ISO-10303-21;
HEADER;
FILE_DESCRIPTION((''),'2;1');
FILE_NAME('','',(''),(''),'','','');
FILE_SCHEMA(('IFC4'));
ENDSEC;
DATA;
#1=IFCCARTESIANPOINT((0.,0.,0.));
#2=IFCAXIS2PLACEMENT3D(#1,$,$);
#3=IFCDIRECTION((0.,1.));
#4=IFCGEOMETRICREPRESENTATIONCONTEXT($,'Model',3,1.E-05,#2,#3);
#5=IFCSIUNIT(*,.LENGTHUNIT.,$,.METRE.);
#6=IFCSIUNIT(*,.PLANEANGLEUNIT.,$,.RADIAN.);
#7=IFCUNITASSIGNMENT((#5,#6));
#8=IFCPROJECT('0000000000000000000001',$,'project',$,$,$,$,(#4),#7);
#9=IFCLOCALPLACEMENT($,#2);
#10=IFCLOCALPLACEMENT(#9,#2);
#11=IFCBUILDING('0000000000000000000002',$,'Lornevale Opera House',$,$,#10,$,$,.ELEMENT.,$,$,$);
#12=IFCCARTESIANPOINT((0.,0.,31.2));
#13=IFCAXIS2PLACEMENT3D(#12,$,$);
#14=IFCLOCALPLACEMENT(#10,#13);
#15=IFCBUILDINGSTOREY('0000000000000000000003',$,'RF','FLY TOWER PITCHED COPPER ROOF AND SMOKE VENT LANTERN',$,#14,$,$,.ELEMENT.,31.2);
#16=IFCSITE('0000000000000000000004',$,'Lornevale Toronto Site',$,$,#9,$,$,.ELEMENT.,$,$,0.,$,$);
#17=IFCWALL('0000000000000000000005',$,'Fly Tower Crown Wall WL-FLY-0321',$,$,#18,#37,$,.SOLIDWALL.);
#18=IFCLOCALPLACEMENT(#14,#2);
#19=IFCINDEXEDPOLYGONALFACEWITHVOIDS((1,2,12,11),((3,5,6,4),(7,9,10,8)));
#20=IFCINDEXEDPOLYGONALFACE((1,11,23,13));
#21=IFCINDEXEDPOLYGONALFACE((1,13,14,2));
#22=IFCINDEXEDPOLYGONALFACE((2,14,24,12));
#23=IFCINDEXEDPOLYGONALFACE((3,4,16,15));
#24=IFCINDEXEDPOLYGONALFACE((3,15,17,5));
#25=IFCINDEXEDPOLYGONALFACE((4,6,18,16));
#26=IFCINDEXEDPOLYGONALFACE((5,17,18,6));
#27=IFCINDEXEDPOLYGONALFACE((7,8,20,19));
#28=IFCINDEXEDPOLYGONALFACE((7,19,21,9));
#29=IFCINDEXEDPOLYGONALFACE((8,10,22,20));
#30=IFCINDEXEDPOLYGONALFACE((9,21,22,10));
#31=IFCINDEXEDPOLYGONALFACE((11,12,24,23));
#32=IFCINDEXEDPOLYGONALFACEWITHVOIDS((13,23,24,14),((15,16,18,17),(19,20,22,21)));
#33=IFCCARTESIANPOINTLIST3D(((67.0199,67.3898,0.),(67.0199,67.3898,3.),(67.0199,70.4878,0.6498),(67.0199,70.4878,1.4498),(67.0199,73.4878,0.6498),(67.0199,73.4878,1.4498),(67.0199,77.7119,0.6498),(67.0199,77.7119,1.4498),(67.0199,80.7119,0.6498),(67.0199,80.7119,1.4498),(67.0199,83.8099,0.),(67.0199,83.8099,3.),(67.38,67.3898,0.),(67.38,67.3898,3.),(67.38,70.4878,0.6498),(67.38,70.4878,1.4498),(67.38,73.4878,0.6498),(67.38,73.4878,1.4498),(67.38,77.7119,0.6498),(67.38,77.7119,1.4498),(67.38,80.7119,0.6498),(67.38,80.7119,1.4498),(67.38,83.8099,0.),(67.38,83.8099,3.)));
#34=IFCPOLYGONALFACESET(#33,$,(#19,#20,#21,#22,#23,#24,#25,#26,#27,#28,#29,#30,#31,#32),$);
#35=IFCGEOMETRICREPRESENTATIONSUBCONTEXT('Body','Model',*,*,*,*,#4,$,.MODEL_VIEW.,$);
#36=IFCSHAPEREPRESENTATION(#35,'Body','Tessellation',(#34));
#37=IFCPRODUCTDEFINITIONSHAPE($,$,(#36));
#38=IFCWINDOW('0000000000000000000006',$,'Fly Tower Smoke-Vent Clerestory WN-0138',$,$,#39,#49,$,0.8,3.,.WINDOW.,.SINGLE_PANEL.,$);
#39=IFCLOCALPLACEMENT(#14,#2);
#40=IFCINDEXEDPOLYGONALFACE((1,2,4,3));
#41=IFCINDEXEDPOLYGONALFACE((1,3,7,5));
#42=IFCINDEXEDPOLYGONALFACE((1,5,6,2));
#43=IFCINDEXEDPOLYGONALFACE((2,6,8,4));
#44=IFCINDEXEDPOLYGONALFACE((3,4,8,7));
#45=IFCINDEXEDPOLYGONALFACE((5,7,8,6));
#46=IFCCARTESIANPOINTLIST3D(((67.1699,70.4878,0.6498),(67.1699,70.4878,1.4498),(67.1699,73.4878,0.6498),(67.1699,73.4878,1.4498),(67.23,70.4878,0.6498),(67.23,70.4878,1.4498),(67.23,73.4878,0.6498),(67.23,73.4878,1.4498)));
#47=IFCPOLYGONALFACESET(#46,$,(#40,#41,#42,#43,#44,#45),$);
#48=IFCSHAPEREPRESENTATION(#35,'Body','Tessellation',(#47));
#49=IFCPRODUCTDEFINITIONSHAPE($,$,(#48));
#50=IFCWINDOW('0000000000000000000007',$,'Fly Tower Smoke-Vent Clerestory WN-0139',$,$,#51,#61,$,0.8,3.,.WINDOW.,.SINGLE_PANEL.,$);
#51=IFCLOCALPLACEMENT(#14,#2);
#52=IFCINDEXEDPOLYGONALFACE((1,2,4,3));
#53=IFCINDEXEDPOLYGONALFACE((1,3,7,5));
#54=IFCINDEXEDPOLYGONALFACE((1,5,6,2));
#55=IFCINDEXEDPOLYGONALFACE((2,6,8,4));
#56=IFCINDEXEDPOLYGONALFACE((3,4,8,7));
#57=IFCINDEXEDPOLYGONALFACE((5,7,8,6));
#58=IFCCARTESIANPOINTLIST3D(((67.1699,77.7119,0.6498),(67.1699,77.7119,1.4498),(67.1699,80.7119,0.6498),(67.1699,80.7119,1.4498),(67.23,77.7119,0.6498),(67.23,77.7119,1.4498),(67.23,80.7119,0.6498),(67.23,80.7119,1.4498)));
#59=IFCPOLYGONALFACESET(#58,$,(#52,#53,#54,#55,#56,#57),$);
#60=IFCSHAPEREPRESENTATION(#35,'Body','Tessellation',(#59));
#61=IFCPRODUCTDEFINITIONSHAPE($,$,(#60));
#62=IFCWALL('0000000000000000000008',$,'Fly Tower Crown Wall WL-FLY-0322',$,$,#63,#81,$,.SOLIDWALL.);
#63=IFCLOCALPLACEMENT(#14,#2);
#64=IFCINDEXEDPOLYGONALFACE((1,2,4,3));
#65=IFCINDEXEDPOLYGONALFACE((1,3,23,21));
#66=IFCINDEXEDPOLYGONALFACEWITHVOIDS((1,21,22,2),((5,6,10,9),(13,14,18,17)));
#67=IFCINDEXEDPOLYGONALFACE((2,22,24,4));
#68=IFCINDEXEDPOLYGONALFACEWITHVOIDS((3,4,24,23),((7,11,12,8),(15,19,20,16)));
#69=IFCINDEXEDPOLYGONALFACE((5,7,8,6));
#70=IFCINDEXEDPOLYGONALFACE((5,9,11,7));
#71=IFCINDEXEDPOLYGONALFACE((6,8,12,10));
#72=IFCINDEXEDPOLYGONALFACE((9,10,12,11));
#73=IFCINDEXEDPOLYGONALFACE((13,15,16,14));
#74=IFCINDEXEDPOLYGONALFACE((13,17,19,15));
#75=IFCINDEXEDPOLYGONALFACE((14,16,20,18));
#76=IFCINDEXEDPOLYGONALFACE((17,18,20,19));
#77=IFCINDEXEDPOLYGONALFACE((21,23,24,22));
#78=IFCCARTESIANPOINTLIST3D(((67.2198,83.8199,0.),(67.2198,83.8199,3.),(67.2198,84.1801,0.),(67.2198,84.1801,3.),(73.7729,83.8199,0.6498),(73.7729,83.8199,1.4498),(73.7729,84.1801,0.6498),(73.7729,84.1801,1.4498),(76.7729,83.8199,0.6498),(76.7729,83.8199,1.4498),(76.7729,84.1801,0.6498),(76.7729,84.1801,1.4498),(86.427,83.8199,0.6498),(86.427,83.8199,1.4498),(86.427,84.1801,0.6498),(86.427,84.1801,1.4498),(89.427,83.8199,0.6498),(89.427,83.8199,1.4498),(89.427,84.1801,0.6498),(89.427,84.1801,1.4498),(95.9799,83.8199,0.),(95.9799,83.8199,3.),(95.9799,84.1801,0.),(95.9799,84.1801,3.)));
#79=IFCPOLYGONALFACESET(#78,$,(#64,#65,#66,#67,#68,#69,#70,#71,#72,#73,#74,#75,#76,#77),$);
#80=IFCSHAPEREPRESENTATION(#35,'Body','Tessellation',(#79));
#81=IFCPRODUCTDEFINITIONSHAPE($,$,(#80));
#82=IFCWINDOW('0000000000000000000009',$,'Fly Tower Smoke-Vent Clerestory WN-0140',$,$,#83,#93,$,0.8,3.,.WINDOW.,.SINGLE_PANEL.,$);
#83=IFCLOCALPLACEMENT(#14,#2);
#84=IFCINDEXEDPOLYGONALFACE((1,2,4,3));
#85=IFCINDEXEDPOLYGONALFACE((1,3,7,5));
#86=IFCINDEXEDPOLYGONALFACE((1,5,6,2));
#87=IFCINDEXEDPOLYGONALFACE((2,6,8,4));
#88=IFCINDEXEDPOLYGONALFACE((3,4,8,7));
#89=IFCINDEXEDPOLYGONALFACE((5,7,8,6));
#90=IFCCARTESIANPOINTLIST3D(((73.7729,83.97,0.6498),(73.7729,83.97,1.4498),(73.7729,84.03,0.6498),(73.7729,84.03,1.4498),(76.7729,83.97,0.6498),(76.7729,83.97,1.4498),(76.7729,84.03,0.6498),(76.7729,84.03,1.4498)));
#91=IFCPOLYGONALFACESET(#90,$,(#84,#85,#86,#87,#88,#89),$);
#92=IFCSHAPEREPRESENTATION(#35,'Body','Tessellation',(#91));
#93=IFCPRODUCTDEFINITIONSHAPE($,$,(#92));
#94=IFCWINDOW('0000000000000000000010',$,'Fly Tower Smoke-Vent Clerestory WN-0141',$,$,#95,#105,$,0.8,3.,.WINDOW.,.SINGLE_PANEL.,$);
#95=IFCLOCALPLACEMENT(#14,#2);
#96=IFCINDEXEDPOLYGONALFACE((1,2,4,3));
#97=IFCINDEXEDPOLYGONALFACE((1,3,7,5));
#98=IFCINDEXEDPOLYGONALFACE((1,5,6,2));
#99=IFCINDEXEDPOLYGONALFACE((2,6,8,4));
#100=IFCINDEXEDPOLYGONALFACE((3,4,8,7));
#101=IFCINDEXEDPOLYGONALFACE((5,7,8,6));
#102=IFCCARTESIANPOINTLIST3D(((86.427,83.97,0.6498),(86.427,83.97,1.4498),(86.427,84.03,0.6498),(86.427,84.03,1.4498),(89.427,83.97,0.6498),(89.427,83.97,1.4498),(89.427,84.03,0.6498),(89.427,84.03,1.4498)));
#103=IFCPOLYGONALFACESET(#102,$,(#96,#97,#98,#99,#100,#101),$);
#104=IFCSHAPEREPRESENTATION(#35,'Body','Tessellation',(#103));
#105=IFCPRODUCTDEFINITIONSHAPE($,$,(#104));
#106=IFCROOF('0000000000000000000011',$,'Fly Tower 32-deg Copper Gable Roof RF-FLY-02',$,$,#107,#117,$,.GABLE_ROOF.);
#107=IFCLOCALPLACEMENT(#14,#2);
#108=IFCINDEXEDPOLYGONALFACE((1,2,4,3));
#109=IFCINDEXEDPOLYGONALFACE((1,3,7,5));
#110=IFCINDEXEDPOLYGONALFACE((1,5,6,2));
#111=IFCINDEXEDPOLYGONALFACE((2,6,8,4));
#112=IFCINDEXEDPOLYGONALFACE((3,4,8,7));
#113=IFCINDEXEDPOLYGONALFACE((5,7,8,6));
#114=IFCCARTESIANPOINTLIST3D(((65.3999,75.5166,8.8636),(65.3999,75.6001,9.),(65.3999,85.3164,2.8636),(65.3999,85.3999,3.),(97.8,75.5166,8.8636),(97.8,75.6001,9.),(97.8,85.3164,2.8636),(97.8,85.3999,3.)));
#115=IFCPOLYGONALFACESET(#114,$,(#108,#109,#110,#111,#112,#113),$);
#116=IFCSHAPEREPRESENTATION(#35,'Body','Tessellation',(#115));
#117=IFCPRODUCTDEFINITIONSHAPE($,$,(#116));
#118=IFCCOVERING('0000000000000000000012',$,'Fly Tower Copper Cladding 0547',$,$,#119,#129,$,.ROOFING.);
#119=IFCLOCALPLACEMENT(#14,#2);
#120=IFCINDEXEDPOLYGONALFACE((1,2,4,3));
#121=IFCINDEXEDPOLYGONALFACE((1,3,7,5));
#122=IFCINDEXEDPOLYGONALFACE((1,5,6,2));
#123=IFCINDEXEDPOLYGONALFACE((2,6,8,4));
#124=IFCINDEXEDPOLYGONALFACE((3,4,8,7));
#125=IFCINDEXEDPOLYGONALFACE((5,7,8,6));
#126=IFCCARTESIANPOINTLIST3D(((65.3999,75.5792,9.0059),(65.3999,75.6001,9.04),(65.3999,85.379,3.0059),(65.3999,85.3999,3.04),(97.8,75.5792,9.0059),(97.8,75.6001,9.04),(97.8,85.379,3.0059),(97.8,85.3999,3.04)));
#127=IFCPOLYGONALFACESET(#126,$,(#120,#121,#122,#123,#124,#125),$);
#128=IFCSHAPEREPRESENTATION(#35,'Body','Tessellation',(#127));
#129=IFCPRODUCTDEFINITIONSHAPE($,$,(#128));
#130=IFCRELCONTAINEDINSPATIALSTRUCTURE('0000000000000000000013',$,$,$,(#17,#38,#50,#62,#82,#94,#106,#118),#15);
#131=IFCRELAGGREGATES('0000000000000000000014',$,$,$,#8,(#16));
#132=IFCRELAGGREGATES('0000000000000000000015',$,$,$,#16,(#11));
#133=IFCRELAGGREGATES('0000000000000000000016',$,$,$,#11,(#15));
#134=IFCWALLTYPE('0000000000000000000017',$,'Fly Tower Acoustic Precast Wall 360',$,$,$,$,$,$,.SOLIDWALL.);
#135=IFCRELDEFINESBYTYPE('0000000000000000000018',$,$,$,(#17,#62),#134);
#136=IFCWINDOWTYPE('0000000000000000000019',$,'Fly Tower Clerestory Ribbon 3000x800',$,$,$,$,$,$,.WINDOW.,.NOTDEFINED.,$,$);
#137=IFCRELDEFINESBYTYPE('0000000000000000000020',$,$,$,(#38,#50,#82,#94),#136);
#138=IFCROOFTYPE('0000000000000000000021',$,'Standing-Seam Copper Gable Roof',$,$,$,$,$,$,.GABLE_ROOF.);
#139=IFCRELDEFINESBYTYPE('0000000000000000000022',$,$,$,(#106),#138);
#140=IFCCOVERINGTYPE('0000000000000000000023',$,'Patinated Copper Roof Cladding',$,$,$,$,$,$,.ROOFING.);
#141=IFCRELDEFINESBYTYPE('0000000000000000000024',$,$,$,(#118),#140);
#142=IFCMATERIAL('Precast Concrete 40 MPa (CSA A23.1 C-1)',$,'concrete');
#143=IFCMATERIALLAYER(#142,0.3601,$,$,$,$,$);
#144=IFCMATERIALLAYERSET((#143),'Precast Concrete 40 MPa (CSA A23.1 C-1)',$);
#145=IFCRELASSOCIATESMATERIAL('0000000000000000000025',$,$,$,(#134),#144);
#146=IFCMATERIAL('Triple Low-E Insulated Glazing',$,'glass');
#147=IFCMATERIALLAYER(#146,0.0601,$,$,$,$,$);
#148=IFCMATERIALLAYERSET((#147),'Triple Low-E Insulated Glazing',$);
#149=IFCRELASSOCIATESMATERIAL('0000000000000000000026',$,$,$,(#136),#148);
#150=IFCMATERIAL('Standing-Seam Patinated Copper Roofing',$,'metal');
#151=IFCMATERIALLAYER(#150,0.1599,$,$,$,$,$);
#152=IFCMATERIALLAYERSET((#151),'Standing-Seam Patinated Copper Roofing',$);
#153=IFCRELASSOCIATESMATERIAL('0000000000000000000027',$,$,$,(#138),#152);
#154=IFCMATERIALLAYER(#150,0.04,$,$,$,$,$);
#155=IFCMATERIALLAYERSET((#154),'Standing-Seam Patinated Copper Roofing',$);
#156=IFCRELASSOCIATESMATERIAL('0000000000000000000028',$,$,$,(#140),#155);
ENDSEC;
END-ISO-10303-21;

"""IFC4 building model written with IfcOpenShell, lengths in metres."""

from ifc_helpers import new_model, si_unit, direction, frame, frame_2d, origin, place, context, subcontext, project, spatial, polyline, rectangle, outline, extrude, material, layer, layer_set, type_object, element, fill, save


model = new_model("IFC4")

# Units and contexts
model_context = context("Model", 3, precision=1e-05, world=origin(), true_north=direction((0.0, 1.0)))
body_context = subcontext(model_context, "Body", "Model", "MODEL_VIEW")
ifc_project = project(units=[si_unit("LENGTHUNIT", "METRE"), si_unit("PLANEANGLEUNIT", "RADIAN")], contexts=[model_context])

# Site, building, storey
site_placement = place(None, origin())
site = spatial("IfcSite", under=ifc_project, at=site_placement, Name="Lornevale Toronto Site", CompositionType="ELEMENT", RefElevation=0.0)
building_placement = place(site_placement, origin())
building = spatial("IfcBuilding", under=site, at=building_placement, Name="Lornevale Opera House", CompositionType="ELEMENT")
storey_placement = place(building_placement, frame((0.0, 0.0, 31.2)))
storey = spatial("IfcBuildingStorey", under=building, at=storey_placement, Name="RF", Description="FLY TOWER PITCHED COPPER ROOF AND SMOKE VENT LANTERN", CompositionType="ELEMENT", Elevation=31.2)

# Walls, openings, windows
ifc_material_1 = material(Name="Precast Concrete 40 MPa (CSA A23.1 C-1)", Category="concrete")
ifc_layer_1 = layer(ifc_material_1, 0.3601)
ifc_layer_set_1 = layer_set([ifc_layer_1], Name="Precast Concrete 40 MPa (CSA A23.1 C-1)")
wall_type = type_object("IfcWallType", Name="Fly Tower Acoustic Precast Wall 360", PredefinedType="SOLIDWALL", material=ifc_layer_set_1)
wall_1_placement = place(storey_placement, frame((67.2, 67.3899, 0.0), z_axis=(0.0, 0.0, 1.0), x_axis=(0.0, 1.0, 0.0)))
wall_1 = element("IfcWall", 1, at=wall_1_placement, inside=storey, type_object=wall_type, Name="Fly Tower Crown Wall WL-FLY-0321", PredefinedType="SOLIDWALL", context=body_context, shape_type="SweptSolid", body=[
    extrude(rectangle(XDim=16.4202, YDim=0.3601, at=frame_2d((8.21, 0.0))), origin(), (0.0, 0.0, 1.0), 3.0),
])
opening_1_placement = place(wall_1_placement, frame((3.0979, 0.0, 0.6499)))
opening_1 = element("IfcOpeningElement", 2, at=opening_1_placement, cuts=wall_1, PredefinedType="OPENING", context=body_context, shape_type="SweptSolid", body=[
    extrude(rectangle(XDim=3.0, YDim=0.8, at=frame_2d((1.5, 0.3999))), frame((0.0, 0.1899, 0.0), z_axis=(0.0, -1.0, 0.0), x_axis=(1.0, 0.0, 0.0)), (0.0, 0.0, 1.0), 0.3801),
])
opening_2_placement = place(wall_1_placement, frame((10.322, 0.0, 0.6499)))
opening_2 = element("IfcOpeningElement", 3, at=opening_2_placement, cuts=wall_1, PredefinedType="OPENING", context=body_context, shape_type="SweptSolid", body=[
    extrude(rectangle(XDim=3.0, YDim=0.8, at=frame_2d((1.5, 0.3999))), frame((0.0, 0.1899, 0.0), z_axis=(0.0, -1.0, 0.0), x_axis=(1.0, 0.0, 0.0)), (0.0, 0.0, 1.0), 0.3801),
])
ifc_material_2 = material(Name="Triple Low-E Insulated Glazing", Category="glass")
ifc_layer_2 = layer(ifc_material_2, 0.0601)
ifc_layer_set_2 = layer_set([ifc_layer_2], Name="Triple Low-E Insulated Glazing")
window_type = type_object("IfcWindowType", Name="Fly Tower Clerestory Ribbon 3000x800", PartitioningType="NOTDEFINED", PredefinedType="WINDOW", material=ifc_layer_set_2)
window_1_placement = place(opening_1_placement, origin())
window_1 = element("IfcWindow", 4, at=window_1_placement, inside=storey, type_object=window_type, Name="Fly Tower Smoke-Vent Clerestory WN-0138", OverallHeight=0.8, OverallWidth=3.0, PartitioningType="SINGLE_PANEL", PredefinedType="WINDOW", context=body_context, shape_type="SweptSolid", body=[
    extrude(rectangle(XDim=3.0, YDim=0.8, at=frame_2d((1.5, 0.3999))), frame((0.0, 0.03, 0.0), z_axis=(0.0, -1.0, 0.0), x_axis=(1.0, 0.0, 0.0)), (0.0, 0.0, 1.0), 0.0601),
])
fill(opening_1, window_1)
window_2_placement = place(opening_2_placement, origin())
window_2 = element("IfcWindow", 5, at=window_2_placement, inside=storey, type_object=window_type, Name="Fly Tower Smoke-Vent Clerestory WN-0139", OverallHeight=0.8, OverallWidth=3.0, PartitioningType="SINGLE_PANEL", PredefinedType="WINDOW", context=body_context, shape_type="SweptSolid", body=[
    extrude(rectangle(XDim=3.0, YDim=0.8, at=frame_2d((1.5, 0.3999))), frame((0.0, 0.03, 0.0), z_axis=(0.0, -1.0, 0.0), x_axis=(1.0, 0.0, 0.0)), (0.0, 0.0, 1.0), 0.0601),
])
fill(opening_2, window_2)
wall_2_placement = place(storey_placement, frame((67.22, 84.0, 0.0), z_axis=(0.0, 0.0, 1.0), x_axis=(1.0, 0.0, 0.0)))
wall_2 = element("IfcWall", 6, at=wall_2_placement, inside=storey, type_object=wall_type, Name="Fly Tower Crown Wall WL-FLY-0322", PredefinedType="SOLIDWALL", context=body_context, shape_type="SweptSolid", body=[
    extrude(rectangle(XDim=28.76, YDim=0.3601, at=frame_2d((14.3799, 0.0))), origin(), (0.0, 0.0, 1.0), 3.0),
])
opening_3_placement = place(wall_2_placement, frame((6.553, 0.0, 0.6499)))
opening_3 = element("IfcOpeningElement", 7, at=opening_3_placement, cuts=wall_2, PredefinedType="OPENING", context=body_context, shape_type="SweptSolid", body=[
    extrude(rectangle(XDim=3.0, YDim=0.8, at=frame_2d((1.5, 0.3999))), frame((0.0, 0.1899, 0.0), z_axis=(0.0, -1.0, 0.0), x_axis=(1.0, 0.0, 0.0)), (0.0, 0.0, 1.0), 0.3801),
])
opening_4_placement = place(wall_2_placement, frame((19.207, 0.0, 0.6499)))
opening_4 = element("IfcOpeningElement", 8, at=opening_4_placement, cuts=wall_2, PredefinedType="OPENING", context=body_context, shape_type="SweptSolid", body=[
    extrude(rectangle(XDim=3.0, YDim=0.8, at=frame_2d((1.5, 0.3999))), frame((0.0, 0.1899, 0.0), z_axis=(0.0, -1.0, 0.0), x_axis=(1.0, 0.0, 0.0)), (0.0, 0.0, 1.0), 0.3801),
])
window_3_placement = place(opening_3_placement, origin())
window_3 = element("IfcWindow", 9, at=window_3_placement, inside=storey, type_object=window_type, Name="Fly Tower Smoke-Vent Clerestory WN-0140", OverallHeight=0.8, OverallWidth=3.0, PartitioningType="SINGLE_PANEL", PredefinedType="WINDOW", context=body_context, shape_type="SweptSolid", body=[
    extrude(rectangle(XDim=3.0, YDim=0.8, at=frame_2d((1.5, 0.3999))), frame((0.0, 0.03, 0.0), z_axis=(0.0, -1.0, 0.0), x_axis=(1.0, 0.0, 0.0)), (0.0, 0.0, 1.0), 0.0601),
])
fill(opening_3, window_3)
window_4_placement = place(opening_4_placement, origin())
window_4 = element("IfcWindow", 10, at=window_4_placement, inside=storey, type_object=window_type, Name="Fly Tower Smoke-Vent Clerestory WN-0141", OverallHeight=0.8, OverallWidth=3.0, PartitioningType="SINGLE_PANEL", PredefinedType="WINDOW", context=body_context, shape_type="SweptSolid", body=[
    extrude(rectangle(XDim=3.0, YDim=0.8, at=frame_2d((1.5, 0.3999))), frame((0.0, 0.03, 0.0), z_axis=(0.0, -1.0, 0.0), x_axis=(1.0, 0.0, 0.0)), (0.0, 0.0, 1.0), 0.0601),
])
fill(opening_4, window_4)

# Roof
ifc_material_3 = material(Name="Standing-Seam Patinated Copper Roofing", Category="metal")
ifc_layer_3 = layer(ifc_material_3, 0.1599)
ifc_layer_set_3 = layer_set([ifc_layer_3], Name="Standing-Seam Patinated Copper Roofing")
roof_type = type_object("IfcRoofType", Name="Standing-Seam Copper Gable Roof", PredefinedType="GABLE_ROOF", material=ifc_layer_set_3)
roof_placement = place(storey_placement, frame((65.3999, 75.6001, 9.0), z_axis=(0.0, 0.522161, 0.852847), x_axis=(1.0, 0.0, 0.0)))
element("IfcRoof", 11, at=roof_placement, inside=storey, type_object=roof_type, Name="Fly Tower 32-deg Copper Gable Roof RF-FLY-02", PredefinedType="GABLE_ROOF", context=body_context, shape_type="SweptSolid", body=[
    extrude(outline(polyline([(0.0, 0.0), (32.4001, 0.0), (32.4001, 11.4907), (0.0, 11.4907), (0.0, 0.0)])), origin(), (0.0, 0.0, -1.0), 0.1599),
])

# Covering
ifc_layer_4 = layer(ifc_material_3, 0.04)
ifc_layer_set_4 = layer_set([ifc_layer_4], Name="Standing-Seam Patinated Copper Roofing")
covering_type = type_object("IfcCoveringType", Name="Patinated Copper Roof Cladding", PredefinedType="ROOFING", material=ifc_layer_set_4)
covering_placement = place(storey_placement, frame((65.3999, 75.6001, 9.04), z_axis=(0.0, 0.522161, 0.852847), x_axis=(1.0, 0.0, 0.0)))
element("IfcCovering", 12, at=covering_placement, inside=storey, type_object=covering_type, Name="Fly Tower Copper Cladding 0547", PredefinedType="ROOFING", context=body_context, shape_type="SweptSolid", body=[
    extrude(outline(polyline([(0.0, 0.0), (32.4001, 0.0), (32.4001, 11.4907), (0.0, 11.4907), (0.0, 0.0)])), origin(), (0.0, 0.0, -1.0), 0.04),
])

save(model, "model.ifc")
